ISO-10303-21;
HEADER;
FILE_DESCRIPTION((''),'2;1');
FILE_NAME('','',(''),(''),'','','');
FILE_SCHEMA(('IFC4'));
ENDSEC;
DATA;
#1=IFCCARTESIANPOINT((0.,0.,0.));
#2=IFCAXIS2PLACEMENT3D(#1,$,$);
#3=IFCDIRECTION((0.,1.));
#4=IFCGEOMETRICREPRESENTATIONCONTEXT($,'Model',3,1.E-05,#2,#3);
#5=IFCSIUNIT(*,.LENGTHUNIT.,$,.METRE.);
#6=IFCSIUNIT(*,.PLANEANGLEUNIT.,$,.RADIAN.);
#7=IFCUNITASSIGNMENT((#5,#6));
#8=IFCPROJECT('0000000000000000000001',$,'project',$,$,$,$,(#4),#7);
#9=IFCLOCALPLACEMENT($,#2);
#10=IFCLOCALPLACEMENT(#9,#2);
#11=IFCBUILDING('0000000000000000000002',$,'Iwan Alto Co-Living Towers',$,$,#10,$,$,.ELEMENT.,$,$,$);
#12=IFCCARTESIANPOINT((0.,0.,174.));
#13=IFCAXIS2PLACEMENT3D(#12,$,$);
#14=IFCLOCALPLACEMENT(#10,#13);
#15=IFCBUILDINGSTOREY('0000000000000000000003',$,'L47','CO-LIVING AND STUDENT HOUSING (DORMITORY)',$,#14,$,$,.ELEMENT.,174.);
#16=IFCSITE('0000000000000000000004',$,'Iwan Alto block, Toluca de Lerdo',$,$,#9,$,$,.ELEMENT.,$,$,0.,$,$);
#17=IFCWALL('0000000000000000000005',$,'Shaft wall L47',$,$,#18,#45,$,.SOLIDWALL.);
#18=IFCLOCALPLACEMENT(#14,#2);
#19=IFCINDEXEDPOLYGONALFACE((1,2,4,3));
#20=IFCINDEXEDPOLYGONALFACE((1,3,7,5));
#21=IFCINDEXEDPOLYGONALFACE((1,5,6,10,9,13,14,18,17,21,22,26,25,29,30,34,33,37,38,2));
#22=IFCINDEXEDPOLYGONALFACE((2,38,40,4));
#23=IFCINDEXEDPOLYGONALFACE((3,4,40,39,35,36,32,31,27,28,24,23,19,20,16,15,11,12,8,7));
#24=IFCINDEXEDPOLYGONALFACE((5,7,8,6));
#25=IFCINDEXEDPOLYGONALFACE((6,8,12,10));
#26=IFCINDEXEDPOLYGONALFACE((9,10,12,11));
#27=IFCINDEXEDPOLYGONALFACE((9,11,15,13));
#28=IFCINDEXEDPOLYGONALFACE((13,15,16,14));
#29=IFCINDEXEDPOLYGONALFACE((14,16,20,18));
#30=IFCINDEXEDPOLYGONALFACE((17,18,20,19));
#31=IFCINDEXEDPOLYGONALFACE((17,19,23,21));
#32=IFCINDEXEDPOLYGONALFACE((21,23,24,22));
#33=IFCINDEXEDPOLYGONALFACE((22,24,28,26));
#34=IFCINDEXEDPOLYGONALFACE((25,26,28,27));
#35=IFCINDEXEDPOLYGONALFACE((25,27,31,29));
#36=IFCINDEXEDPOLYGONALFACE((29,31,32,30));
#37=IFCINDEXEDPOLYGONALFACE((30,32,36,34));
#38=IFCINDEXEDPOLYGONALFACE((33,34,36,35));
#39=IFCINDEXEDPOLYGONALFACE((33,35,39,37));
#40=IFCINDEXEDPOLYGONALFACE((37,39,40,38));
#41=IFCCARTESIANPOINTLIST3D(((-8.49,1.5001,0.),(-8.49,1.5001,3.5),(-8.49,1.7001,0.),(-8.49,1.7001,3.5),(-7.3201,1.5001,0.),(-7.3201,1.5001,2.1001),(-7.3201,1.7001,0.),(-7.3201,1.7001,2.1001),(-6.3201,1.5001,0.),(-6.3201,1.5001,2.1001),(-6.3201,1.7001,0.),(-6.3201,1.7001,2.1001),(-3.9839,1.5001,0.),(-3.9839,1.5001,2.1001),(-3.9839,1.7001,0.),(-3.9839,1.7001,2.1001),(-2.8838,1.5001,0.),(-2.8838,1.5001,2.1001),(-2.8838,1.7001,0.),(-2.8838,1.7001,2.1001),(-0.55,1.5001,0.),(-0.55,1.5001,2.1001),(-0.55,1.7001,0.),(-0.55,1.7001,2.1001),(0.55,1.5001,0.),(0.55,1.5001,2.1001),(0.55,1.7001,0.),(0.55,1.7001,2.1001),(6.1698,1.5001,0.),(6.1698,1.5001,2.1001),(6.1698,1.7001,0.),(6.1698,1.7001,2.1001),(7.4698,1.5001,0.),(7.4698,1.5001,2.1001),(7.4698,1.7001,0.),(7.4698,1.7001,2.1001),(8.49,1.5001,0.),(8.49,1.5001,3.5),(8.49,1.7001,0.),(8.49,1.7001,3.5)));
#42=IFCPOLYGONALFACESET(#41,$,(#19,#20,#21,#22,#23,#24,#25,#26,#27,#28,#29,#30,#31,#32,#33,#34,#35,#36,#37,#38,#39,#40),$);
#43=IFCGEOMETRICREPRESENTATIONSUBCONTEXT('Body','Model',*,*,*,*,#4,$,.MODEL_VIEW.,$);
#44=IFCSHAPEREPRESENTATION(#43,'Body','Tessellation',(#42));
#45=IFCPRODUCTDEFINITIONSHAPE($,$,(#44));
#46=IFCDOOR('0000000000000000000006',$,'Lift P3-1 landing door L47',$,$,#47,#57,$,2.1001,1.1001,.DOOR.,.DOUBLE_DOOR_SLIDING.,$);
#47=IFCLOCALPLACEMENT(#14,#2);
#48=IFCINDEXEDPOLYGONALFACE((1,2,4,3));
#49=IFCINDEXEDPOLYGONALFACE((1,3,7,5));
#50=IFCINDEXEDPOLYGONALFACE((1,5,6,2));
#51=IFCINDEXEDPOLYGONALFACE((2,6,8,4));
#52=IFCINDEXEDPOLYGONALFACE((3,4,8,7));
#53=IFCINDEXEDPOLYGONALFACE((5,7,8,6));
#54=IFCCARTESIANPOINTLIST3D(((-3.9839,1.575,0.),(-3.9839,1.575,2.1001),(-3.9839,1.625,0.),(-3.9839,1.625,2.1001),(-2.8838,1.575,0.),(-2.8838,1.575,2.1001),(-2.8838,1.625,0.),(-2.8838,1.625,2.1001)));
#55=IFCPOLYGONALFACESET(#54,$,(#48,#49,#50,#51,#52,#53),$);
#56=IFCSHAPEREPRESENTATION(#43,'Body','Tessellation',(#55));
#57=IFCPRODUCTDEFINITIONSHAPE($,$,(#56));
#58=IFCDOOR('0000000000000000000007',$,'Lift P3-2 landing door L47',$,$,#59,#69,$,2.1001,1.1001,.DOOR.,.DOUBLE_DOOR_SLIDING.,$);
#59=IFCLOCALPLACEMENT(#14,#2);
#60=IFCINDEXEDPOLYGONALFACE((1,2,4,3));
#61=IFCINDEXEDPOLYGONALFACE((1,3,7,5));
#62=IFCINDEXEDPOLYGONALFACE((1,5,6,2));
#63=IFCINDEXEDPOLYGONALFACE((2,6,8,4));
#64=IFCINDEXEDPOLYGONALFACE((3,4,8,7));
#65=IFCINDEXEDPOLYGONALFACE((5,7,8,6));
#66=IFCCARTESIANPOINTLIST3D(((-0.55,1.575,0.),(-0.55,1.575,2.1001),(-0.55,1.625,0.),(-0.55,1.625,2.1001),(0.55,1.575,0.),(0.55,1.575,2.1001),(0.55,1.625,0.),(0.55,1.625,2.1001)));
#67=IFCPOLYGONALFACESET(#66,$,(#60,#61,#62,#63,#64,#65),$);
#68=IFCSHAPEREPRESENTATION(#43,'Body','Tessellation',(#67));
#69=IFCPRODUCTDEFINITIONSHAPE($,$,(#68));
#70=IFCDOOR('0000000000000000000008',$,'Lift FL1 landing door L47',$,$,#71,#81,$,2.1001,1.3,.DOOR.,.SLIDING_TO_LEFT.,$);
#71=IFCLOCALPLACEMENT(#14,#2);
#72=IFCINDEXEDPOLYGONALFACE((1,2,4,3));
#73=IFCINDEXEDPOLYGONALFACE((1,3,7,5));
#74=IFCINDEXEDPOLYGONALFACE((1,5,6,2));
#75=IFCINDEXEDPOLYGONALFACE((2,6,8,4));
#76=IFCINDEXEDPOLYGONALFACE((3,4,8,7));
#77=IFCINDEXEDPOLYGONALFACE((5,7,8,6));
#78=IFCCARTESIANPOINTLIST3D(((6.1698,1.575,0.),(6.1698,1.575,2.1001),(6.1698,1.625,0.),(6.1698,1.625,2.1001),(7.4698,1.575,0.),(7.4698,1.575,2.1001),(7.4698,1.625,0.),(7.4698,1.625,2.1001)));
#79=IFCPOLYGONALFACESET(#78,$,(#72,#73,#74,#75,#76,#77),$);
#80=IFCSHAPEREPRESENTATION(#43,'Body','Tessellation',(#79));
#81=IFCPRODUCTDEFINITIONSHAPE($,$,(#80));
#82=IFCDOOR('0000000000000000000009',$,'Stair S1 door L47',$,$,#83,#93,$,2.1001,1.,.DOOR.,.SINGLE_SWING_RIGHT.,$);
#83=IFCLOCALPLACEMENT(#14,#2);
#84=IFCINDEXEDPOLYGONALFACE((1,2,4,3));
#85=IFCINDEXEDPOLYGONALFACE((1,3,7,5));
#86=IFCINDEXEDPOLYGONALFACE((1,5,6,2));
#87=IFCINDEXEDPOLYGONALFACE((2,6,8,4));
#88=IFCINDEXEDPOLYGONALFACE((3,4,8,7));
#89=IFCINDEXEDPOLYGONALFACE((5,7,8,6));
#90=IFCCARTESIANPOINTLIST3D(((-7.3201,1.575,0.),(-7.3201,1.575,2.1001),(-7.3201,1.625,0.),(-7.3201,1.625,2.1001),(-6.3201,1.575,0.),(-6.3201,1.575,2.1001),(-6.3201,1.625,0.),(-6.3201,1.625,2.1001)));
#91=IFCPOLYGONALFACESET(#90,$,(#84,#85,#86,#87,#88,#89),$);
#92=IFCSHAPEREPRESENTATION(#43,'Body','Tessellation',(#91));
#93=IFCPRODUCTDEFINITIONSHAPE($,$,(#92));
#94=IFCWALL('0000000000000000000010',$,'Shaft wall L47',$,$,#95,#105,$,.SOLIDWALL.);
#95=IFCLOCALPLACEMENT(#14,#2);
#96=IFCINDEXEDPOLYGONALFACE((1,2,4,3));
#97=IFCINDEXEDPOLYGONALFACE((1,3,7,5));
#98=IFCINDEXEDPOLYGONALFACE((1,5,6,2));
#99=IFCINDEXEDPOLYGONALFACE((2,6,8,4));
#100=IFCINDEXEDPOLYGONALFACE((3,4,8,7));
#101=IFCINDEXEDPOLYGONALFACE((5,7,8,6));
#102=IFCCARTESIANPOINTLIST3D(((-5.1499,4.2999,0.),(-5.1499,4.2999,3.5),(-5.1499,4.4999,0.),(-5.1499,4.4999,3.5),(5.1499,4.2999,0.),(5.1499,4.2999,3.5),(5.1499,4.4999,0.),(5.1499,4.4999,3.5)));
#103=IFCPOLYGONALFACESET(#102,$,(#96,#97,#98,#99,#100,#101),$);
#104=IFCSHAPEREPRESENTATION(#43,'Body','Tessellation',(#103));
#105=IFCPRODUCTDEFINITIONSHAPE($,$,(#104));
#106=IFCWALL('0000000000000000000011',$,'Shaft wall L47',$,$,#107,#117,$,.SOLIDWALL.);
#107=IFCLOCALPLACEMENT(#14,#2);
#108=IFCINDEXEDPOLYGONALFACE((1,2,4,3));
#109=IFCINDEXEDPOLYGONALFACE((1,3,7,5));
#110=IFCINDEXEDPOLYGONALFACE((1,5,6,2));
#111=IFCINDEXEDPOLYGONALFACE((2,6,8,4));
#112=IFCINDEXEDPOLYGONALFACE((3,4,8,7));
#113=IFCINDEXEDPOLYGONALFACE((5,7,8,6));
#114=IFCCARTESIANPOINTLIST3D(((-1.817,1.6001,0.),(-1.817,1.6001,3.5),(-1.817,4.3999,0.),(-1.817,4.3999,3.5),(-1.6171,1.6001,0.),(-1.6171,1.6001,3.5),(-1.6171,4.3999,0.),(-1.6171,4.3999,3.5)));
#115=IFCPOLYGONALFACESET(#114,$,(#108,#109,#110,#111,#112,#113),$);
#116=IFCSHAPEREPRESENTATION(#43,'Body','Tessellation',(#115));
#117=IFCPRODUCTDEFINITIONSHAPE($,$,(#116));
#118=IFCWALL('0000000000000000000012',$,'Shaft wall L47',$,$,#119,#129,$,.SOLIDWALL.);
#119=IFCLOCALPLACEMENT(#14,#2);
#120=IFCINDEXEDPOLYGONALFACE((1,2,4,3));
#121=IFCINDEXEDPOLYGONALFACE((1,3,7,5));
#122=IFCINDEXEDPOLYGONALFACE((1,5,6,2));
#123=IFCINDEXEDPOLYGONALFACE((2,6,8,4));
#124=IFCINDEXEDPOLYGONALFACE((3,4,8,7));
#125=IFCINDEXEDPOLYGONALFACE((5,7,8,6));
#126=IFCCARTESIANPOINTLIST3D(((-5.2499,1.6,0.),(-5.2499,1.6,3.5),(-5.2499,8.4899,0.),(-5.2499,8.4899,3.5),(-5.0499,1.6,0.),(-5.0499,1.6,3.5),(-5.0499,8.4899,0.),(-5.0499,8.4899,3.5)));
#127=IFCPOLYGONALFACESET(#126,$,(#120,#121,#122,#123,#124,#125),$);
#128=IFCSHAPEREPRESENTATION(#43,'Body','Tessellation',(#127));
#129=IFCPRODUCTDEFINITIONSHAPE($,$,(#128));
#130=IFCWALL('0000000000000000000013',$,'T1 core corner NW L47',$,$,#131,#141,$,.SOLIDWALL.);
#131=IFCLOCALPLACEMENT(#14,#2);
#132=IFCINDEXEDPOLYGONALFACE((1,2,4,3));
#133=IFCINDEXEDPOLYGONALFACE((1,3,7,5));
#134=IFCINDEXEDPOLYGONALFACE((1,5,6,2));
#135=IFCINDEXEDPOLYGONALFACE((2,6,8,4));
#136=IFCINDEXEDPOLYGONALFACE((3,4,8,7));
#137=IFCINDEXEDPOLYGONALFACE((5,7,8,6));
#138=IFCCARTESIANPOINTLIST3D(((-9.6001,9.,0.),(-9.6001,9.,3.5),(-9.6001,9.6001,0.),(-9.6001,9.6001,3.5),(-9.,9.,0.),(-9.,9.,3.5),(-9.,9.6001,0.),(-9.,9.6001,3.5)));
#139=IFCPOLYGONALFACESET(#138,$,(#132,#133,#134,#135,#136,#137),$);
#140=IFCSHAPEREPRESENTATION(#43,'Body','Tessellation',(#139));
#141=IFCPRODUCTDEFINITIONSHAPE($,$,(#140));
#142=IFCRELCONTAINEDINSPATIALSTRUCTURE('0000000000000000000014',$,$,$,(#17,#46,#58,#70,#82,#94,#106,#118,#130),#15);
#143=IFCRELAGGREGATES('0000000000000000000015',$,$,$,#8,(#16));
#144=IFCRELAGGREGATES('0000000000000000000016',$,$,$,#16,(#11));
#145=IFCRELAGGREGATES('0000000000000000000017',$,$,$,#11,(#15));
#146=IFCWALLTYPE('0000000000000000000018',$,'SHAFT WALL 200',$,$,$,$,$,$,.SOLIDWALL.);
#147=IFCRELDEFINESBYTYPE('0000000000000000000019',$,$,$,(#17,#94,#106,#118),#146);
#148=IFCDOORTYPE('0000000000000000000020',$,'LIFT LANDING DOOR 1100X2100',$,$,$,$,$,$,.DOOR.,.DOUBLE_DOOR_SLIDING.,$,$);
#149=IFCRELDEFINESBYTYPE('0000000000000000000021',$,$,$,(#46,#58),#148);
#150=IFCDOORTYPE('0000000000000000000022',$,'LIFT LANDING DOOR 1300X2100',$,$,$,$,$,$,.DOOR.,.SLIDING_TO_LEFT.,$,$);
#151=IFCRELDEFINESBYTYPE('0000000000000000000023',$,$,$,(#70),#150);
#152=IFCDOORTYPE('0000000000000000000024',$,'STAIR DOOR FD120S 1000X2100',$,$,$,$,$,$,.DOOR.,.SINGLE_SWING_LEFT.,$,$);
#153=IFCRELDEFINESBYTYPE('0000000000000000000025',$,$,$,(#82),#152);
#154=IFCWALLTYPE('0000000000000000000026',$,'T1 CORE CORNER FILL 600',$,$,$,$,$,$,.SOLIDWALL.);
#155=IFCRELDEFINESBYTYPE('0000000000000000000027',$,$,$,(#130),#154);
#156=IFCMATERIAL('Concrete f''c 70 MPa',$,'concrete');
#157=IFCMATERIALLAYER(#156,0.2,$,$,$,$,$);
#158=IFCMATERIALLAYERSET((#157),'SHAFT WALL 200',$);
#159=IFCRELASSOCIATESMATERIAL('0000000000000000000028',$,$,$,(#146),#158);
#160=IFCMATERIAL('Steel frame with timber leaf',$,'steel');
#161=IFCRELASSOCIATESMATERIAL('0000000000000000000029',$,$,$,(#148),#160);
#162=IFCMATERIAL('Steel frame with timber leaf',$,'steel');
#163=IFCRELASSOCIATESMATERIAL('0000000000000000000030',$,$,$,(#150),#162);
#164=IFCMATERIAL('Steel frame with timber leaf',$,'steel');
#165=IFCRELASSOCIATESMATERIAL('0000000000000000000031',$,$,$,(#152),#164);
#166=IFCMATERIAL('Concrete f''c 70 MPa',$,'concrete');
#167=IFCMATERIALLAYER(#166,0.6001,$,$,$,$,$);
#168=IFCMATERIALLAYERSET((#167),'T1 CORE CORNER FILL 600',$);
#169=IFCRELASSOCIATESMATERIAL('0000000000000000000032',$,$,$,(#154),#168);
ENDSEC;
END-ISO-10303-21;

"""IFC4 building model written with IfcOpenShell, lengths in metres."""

from ifc_helpers import new_model, si_unit, direction, frame, frame_2d, origin, place, context, subcontext, project, spatial, rectangle, extrude, material, layer, layer_set, type_object, element, fill, save


model = new_model("IFC4")

# Units and contexts
model_context = context("Model", 3, precision=1e-05, world=origin(), true_north=direction((0.0, 1.0)))
body_context = subcontext(model_context, "Body", "Model", "MODEL_VIEW")
ifc_project = project(units=[si_unit("LENGTHUNIT", "METRE"), si_unit("PLANEANGLEUNIT", "RADIAN")], contexts=[model_context])

# Site, building, storey
site_placement = place(None, origin())
site = spatial("IfcSite", under=ifc_project, at=site_placement, Name="Iwan Alto block, Toluca de Lerdo", CompositionType="ELEMENT", RefElevation=0.0)
building_placement = place(site_placement, origin())
building = spatial("IfcBuilding", under=site, at=building_placement, Name="Iwan Alto Co-Living Towers", CompositionType="ELEMENT")
storey_placement = place(building_placement, frame((0.0, 0.0, 174.0)))
storey = spatial("IfcBuildingStorey", under=building, at=storey_placement, Name="L47", Description="CO-LIVING AND STUDENT HOUSING (DORMITORY)", CompositionType="ELEMENT", Elevation=174.0)

# Wall, openings, doors
ifc_material_1 = material(Name="Concrete f'c 70 MPa", Category="concrete")
ifc_layer_1 = layer(ifc_material_1, 0.2)
ifc_layer_set_1 = layer_set([ifc_layer_1], Name="SHAFT WALL 200")
wall_type_1 = type_object("IfcWallType", Name="SHAFT WALL 200", PredefinedType="SOLIDWALL", material=ifc_layer_set_1)
wall_1_placement = place(storey_placement, frame((-8.49, 1.6001, 0.0), z_axis=(0.0, 0.0, 1.0), x_axis=(1.0, 0.0, 0.0)))
wall_1 = element("IfcWall", 1, at=wall_1_placement, inside=storey, type_object=wall_type_1, Name="Shaft wall L47", PredefinedType="SOLIDWALL", context=body_context, shape_type="SweptSolid", body=[
    extrude(rectangle(XDim=16.98, YDim=0.2, at=frame_2d((8.49, 0.0))), origin(), (0.0, 0.0, 1.0), 3.5),
])
opening_1_placement = place(wall_1_placement, frame((1.1699, 0.0, 0.0)))
opening_1 = element("IfcOpeningElement", 2, at=opening_1_placement, cuts=wall_1, PredefinedType="OPENING", context=body_context, shape_type="SweptSolid", body=[
    extrude(rectangle(XDim=1.0, YDim=2.1001, at=frame_2d((0.5, 1.05))), frame((0.0, 0.1099, 0.0), z_axis=(0.0, -1.0, 0.0), x_axis=(1.0, 0.0, 0.0)), (0.0, 0.0, 1.0), 0.22),
])
opening_2_placement = place(wall_1_placement, frame((4.5061, 0.0, 0.0)))
opening_2 = element("IfcOpeningElement", 3, at=opening_2_placement, cuts=wall_1, PredefinedType="OPENING", context=body_context, shape_type="SweptSolid", body=[
    extrude(rectangle(XDim=1.1001, YDim=2.1001, at=frame_2d((0.55, 1.05))), frame((0.0, 0.1099, 0.0), z_axis=(0.0, -1.0, 0.0), x_axis=(1.0, 0.0, 0.0)), (0.0, 0.0, 1.0), 0.22),
])
opening_3_placement = place(wall_1_placement, frame((7.9399, 0.0, 0.0)))
opening_3 = element("IfcOpeningElement", 4, at=opening_3_placement, cuts=wall_1, PredefinedType="OPENING", context=body_context, shape_type="SweptSolid", body=[
    extrude(rectangle(XDim=1.1001, YDim=2.1001, at=frame_2d((0.55, 1.05))), frame((0.0, 0.1099, 0.0), z_axis=(0.0, -1.0, 0.0), x_axis=(1.0, 0.0, 0.0)), (0.0, 0.0, 1.0), 0.22),
])
opening_4_placement = place(wall_1_placement, frame((14.6599, 0.0, 0.0)))
opening_4 = element("IfcOpeningElement", 5, at=opening_4_placement, cuts=wall_1, PredefinedType="OPENING", context=body_context, shape_type="SweptSolid", body=[
    extrude(rectangle(XDim=1.3, YDim=2.1001, at=frame_2d((0.6499, 1.05))), frame((0.0, 0.1099, 0.0), z_axis=(0.0, -1.0, 0.0), x_axis=(1.0, 0.0, 0.0)), (0.0, 0.0, 1.0), 0.22),
])
ifc_material_2 = material(Name="Steel frame with timber leaf", Category="steel")
door_type_1 = type_object("IfcDoorType", Name="LIFT LANDING DOOR 1100X2100", OperationType="DOUBLE_DOOR_SLIDING", PredefinedType="DOOR", material=ifc_material_2)
door_1_placement = place(opening_2_placement, origin())
door_1 = element("IfcDoor", 6, at=door_1_placement, inside=storey, type_object=door_type_1, Name="Lift P3-1 landing door L47", OperationType="DOUBLE_DOOR_SLIDING", OverallHeight=2.1001, OverallWidth=1.1001, PredefinedType="DOOR", context=body_context, shape_type="SweptSolid", body=[
    extrude(rectangle(XDim=1.1001, YDim=2.1001, at=frame_2d((0.55, 1.05))), frame((0.0, 0.0249, 0.0), z_axis=(0.0, -1.0, 0.0), x_axis=(1.0, 0.0, 0.0)), (0.0, 0.0, 1.0), 0.05),
])
fill(opening_2, door_1)
door_2_placement = place(opening_3_placement, origin())
door_2 = element("IfcDoor", 7, at=door_2_placement, inside=storey, type_object=door_type_1, Name="Lift P3-2 landing door L47", OperationType="DOUBLE_DOOR_SLIDING", OverallHeight=2.1001, OverallWidth=1.1001, PredefinedType="DOOR", context=body_context, shape_type="SweptSolid", body=[
    extrude(rectangle(XDim=1.1001, YDim=2.1001, at=frame_2d((0.55, 1.05))), frame((0.0, 0.0249, 0.0), z_axis=(0.0, -1.0, 0.0), x_axis=(1.0, 0.0, 0.0)), (0.0, 0.0, 1.0), 0.05),
])
fill(opening_3, door_2)
ifc_material_3 = material(Name="Steel frame with timber leaf", Category="steel")
door_type_2 = type_object("IfcDoorType", Name="LIFT LANDING DOOR 1300X2100", OperationType="SLIDING_TO_LEFT", PredefinedType="DOOR", material=ifc_material_3)
door_3_placement = place(opening_4_placement, origin())
door_3 = element("IfcDoor", 8, at=door_3_placement, inside=storey, type_object=door_type_2, Name="Lift FL1 landing door L47", OperationType="SLIDING_TO_LEFT", OverallHeight=2.1001, OverallWidth=1.3, PredefinedType="DOOR", context=body_context, shape_type="SweptSolid", body=[
    extrude(rectangle(XDim=1.3, YDim=2.1001, at=frame_2d((0.6499, 1.05))), frame((0.0, 0.0249, 0.0), z_axis=(0.0, -1.0, 0.0), x_axis=(1.0, 0.0, 0.0)), (0.0, 0.0, 1.0), 0.05),
])
fill(opening_4, door_3)
ifc_material_4 = material(Name="Steel frame with timber leaf", Category="steel")
door_type_3 = type_object("IfcDoorType", Name="STAIR DOOR FD120S 1000X2100", OperationType="SINGLE_SWING_LEFT", PredefinedType="DOOR", material=ifc_material_4)
door_4_placement = place(opening_1_placement, origin())
door_4 = element("IfcDoor", 9, at=door_4_placement, inside=storey, type_object=door_type_3, Name="Stair S1 door L47", OperationType="SINGLE_SWING_RIGHT", OverallHeight=2.1001, OverallWidth=1.0, PredefinedType="DOOR", context=body_context, shape_type="SweptSolid", body=[
    extrude(rectangle(XDim=1.0, YDim=2.1001, at=frame_2d((0.5, 1.05))), frame((0.0, 0.0249, 0.0), z_axis=(0.0, -1.0, 0.0), x_axis=(1.0, 0.0, 0.0)), (0.0, 0.0, 1.0), 0.05),
])
fill(opening_1, door_4)

# Walls
wall_2_placement = place(storey_placement, frame((-5.1499, 4.3999, 0.0), z_axis=(0.0, 0.0, 1.0), x_axis=(1.0, 0.0, 0.0)))
element("IfcWall", 10, at=wall_2_placement, inside=storey, type_object=wall_type_1, Name="Shaft wall L47", PredefinedType="SOLIDWALL", context=body_context, shape_type="SweptSolid", body=[
    extrude(rectangle(XDim=10.2998, YDim=0.2, at=frame_2d((5.1499, 0.0))), origin(), (0.0, 0.0, 1.0), 3.5),
])
wall_3_placement = place(storey_placement, frame((-1.717, 1.6001, 0.0), z_axis=(0.0, 0.0, 1.0), x_axis=(0.0, 1.0, 0.0)))
element("IfcWall", 11, at=wall_3_placement, inside=storey, type_object=wall_type_1, Name="Shaft wall L47", PredefinedType="SOLIDWALL", context=body_context, shape_type="SweptSolid", body=[
    extrude(rectangle(XDim=2.7998, YDim=0.2, at=frame_2d((1.3999, 0.0))), origin(), (0.0, 0.0, 1.0), 3.5),
])
wall_4_placement = place(storey_placement, frame((-5.1499, 1.6001, 0.0), z_axis=(0.0, 0.0, 1.0), x_axis=(0.0, 1.0, 0.0)))
element("IfcWall", 12, at=wall_4_placement, inside=storey, type_object=wall_type_1, Name="Shaft wall L47", PredefinedType="SOLIDWALL", context=body_context, shape_type="SweptSolid", body=[
    extrude(rectangle(XDim=6.8899, YDim=0.2, at=frame_2d((3.4448, 0.0))), origin(), (0.0, 0.0, 1.0), 3.5),
])
ifc_material_5 = material(Name="Concrete f'c 70 MPa", Category="concrete")
ifc_layer_2 = layer(ifc_material_5, 0.6001)
ifc_layer_set_2 = layer_set([ifc_layer_2], Name="T1 CORE CORNER FILL 600")
wall_type_2 = type_object("IfcWallType", Name="T1 CORE CORNER FILL 600", PredefinedType="SOLIDWALL", material=ifc_layer_set_2)
wall_5_placement = place(storey_placement, frame((-9.6001, 9.3, 0.0), z_axis=(0.0, 0.0, 1.0), x_axis=(1.0, 0.0, 0.0)))
element("IfcWall", 13, at=wall_5_placement, inside=storey, type_object=wall_type_2, Name="T1 core corner NW L47", PredefinedType="SOLIDWALL", context=body_context, shape_type="SweptSolid", body=[
    extrude(rectangle(XDim=0.6001, YDim=0.6001, at=frame_2d((0.3, 0.0))), origin(), (0.0, 0.0, 1.0), 3.5),
])

save(model, "model.ifc")
